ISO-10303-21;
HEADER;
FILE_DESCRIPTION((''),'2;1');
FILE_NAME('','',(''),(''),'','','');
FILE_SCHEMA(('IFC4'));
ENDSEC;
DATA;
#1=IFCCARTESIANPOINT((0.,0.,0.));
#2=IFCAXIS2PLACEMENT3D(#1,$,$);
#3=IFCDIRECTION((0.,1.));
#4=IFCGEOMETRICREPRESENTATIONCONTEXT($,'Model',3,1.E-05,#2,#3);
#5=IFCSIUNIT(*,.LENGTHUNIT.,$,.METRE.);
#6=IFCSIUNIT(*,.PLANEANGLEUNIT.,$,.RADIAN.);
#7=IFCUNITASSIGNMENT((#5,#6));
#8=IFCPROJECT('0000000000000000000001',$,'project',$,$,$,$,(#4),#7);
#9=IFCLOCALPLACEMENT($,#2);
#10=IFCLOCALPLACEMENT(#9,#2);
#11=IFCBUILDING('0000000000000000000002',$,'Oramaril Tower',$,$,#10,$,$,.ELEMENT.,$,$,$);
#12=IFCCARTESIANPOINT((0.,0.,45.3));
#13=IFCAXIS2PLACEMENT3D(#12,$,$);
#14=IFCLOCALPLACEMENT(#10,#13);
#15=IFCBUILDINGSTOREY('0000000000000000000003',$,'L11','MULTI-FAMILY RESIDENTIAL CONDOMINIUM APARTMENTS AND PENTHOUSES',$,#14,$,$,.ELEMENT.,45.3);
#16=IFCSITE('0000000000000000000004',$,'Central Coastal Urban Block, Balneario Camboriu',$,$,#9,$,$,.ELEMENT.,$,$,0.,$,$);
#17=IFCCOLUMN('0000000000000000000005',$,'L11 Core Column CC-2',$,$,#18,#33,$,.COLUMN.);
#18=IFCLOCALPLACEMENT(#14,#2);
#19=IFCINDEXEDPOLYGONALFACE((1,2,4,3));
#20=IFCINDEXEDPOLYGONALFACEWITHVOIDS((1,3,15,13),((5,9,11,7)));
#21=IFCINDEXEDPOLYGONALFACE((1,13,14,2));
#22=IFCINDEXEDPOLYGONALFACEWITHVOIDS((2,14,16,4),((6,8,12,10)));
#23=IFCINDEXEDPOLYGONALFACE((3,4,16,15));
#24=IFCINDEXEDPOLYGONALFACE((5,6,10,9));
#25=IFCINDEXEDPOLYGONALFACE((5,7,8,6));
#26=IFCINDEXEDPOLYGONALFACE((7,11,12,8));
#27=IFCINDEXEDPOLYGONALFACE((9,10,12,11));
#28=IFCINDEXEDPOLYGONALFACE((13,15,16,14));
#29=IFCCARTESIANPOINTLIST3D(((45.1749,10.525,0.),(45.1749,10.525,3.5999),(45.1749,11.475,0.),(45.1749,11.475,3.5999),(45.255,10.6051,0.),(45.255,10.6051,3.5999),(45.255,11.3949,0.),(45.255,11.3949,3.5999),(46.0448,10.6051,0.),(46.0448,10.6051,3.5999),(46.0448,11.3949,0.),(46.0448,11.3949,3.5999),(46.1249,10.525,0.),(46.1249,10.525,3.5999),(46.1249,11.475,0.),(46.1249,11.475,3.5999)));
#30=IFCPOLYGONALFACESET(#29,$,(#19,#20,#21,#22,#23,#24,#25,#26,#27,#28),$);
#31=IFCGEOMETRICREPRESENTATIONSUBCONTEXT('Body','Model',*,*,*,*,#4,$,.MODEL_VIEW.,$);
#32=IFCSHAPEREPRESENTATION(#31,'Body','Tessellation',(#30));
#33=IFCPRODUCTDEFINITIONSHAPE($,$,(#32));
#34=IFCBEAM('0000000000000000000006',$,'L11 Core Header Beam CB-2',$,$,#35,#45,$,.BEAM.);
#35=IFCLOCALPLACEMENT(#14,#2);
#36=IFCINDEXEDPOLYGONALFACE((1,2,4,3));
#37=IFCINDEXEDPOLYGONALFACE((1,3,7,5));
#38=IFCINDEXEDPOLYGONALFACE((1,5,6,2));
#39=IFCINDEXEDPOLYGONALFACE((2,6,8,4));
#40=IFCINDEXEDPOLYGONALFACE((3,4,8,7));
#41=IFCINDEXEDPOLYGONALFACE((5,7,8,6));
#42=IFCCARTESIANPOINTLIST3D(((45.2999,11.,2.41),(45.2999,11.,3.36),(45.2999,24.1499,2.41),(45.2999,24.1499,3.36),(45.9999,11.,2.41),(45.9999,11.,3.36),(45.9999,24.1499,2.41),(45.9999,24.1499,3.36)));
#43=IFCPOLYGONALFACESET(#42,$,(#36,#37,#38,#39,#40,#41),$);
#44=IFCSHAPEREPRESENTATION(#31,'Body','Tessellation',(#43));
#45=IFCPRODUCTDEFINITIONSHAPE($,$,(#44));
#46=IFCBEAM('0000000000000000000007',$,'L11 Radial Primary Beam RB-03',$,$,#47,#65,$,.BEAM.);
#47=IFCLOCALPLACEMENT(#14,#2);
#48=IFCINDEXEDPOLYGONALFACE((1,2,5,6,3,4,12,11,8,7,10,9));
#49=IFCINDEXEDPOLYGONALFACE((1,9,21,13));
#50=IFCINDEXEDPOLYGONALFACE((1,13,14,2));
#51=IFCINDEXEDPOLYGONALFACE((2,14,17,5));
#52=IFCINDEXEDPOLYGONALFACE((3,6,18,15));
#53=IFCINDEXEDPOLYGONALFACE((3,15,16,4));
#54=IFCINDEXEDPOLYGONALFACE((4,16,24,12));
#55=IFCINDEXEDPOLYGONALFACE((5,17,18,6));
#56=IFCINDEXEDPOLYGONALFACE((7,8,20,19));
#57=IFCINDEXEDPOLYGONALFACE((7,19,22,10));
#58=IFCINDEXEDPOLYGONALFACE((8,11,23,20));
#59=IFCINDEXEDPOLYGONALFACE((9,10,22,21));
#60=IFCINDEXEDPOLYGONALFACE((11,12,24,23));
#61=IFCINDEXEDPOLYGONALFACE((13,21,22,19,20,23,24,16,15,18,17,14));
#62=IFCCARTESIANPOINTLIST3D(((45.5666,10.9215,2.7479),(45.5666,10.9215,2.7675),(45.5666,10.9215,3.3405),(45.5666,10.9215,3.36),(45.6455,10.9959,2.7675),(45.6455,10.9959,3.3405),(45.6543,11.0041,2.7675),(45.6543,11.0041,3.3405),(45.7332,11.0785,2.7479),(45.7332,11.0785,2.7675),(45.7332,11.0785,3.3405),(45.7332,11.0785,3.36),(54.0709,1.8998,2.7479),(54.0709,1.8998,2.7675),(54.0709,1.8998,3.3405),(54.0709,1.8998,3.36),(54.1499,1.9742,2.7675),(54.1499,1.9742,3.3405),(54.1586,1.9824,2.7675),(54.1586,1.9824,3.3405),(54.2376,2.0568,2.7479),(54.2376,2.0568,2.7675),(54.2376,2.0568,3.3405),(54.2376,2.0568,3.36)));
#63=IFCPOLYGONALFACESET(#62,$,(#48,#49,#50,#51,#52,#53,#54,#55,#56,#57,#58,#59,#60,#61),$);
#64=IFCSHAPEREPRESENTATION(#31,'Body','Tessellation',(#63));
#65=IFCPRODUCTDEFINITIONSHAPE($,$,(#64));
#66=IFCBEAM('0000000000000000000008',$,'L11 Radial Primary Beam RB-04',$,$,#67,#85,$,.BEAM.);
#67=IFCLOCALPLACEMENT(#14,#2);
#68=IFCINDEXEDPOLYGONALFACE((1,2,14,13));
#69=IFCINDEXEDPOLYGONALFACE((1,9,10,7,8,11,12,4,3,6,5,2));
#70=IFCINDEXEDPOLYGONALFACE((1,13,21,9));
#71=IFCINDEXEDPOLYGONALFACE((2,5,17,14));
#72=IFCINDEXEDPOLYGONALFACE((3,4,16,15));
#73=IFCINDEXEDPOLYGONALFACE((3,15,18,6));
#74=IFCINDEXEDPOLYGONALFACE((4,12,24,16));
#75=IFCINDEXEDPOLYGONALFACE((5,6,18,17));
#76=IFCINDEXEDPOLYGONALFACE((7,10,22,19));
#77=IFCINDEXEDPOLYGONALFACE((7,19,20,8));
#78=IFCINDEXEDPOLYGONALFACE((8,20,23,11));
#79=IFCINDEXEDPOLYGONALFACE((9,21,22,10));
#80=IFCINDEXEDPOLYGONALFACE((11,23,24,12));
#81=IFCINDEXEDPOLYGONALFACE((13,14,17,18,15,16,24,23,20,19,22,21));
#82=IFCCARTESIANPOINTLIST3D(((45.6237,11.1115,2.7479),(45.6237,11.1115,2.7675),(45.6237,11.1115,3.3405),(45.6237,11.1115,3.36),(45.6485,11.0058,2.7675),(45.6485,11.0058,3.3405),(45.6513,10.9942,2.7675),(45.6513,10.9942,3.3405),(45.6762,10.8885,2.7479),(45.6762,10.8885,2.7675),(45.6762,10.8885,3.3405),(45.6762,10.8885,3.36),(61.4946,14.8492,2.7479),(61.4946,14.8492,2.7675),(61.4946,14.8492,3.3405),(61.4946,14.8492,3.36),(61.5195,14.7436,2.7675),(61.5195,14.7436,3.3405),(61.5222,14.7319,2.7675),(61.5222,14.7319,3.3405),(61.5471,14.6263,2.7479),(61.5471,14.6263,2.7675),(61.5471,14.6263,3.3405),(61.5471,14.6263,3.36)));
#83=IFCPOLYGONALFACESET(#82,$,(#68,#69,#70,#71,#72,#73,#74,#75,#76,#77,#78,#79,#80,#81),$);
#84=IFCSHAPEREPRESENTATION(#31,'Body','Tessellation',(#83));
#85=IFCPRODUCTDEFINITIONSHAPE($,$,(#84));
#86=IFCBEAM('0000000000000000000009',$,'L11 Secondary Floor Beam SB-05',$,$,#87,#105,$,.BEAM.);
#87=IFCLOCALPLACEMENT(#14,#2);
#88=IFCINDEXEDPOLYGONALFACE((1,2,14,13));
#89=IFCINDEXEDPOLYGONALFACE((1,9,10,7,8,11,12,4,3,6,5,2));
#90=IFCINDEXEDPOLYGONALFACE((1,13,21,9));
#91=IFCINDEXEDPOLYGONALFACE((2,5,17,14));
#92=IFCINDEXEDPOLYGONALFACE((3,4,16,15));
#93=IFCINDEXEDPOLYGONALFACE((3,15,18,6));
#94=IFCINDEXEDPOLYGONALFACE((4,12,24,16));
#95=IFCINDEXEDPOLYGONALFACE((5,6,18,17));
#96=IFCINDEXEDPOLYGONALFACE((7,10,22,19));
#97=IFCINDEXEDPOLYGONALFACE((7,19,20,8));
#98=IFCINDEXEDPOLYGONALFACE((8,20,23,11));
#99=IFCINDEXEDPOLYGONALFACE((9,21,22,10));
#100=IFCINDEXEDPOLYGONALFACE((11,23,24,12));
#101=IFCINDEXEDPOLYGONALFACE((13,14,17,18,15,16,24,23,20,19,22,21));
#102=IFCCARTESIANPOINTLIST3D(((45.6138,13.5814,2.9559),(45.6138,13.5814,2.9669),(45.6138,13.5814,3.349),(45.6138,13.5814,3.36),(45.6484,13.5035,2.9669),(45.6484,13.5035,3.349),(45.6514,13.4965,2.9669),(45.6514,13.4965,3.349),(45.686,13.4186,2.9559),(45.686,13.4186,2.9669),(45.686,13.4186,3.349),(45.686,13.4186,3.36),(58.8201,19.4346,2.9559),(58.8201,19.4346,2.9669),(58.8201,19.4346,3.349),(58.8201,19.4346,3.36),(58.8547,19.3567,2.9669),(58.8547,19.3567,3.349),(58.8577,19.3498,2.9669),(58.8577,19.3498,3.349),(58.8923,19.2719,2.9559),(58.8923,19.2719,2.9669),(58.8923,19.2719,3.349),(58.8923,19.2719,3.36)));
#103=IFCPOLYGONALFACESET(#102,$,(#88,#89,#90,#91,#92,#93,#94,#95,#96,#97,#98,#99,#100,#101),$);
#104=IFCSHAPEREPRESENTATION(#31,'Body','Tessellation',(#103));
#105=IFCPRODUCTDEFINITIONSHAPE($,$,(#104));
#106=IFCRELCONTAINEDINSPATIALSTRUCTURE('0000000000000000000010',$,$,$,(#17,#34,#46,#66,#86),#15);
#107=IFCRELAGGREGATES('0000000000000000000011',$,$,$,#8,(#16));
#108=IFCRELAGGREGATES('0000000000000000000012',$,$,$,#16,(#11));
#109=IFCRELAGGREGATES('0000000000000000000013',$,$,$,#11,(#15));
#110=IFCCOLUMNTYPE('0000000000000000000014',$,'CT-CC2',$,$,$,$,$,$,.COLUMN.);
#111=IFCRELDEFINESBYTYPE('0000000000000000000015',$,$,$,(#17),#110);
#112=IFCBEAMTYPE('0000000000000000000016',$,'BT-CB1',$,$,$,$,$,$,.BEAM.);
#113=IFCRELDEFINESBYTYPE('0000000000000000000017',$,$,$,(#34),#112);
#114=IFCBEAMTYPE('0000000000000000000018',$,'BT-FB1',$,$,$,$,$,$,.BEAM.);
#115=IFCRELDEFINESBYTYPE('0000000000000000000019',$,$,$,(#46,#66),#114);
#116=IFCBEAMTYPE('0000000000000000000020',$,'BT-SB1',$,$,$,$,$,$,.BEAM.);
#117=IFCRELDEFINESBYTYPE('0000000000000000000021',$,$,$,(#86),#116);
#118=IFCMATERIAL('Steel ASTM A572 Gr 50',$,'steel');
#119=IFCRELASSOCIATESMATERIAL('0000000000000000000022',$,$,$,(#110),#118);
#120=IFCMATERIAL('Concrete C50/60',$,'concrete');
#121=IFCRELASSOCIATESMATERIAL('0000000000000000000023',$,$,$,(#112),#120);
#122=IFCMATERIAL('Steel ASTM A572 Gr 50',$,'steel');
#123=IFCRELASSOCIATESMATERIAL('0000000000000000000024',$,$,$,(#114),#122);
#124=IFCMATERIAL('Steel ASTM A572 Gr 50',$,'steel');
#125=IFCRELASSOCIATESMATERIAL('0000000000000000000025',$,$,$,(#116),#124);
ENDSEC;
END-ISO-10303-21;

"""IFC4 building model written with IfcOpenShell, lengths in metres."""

from ifc_helpers import new_model, si_unit, direction, frame, origin, origin_2d, place, context, subcontext, project, spatial, rectangle, hollow_rectangle, i_section, extrude, material, material_profile, profile_set, type_object, element, save


model = new_model("IFC4")

# Units and contexts
model_context = context("Model", 3, precision=1e-05, world=origin(), true_north=direction((0.0, 1.0)))
body_context = subcontext(model_context, "Body", "Model", "MODEL_VIEW")
ifc_project = project(units=[si_unit("LENGTHUNIT", "METRE"), si_unit("PLANEANGLEUNIT", "RADIAN")], contexts=[model_context])

# Site, building, storey
site_placement = place(None, origin())
site = spatial("IfcSite", under=ifc_project, at=site_placement, Name="Central Coastal Urban Block, Balneario Camboriu", CompositionType="ELEMENT", RefElevation=0.0)
building_placement = place(site_placement, origin())
building = spatial("IfcBuilding", under=site, at=building_placement, Name="Oramaril Tower", CompositionType="ELEMENT")
storey_placement = place(building_placement, frame((0.0, 0.0, 45.3)))
storey = spatial("IfcBuildingStorey", under=building, at=storey_placement, Name="L11", Description="MULTI-FAMILY RESIDENTIAL CONDOMINIUM APARTMENTS AND PENTHOUSES", CompositionType="ELEMENT", Elevation=45.3)

# Column
ifc_material_1 = material(Name="Steel ASTM A572 Gr 50", Category="steel")
ifc_material_profile_1 = material_profile(ifc_material_1, hollow_rectangle(XDim=0.95, YDim=0.95, WallThickness=0.0801, at=origin_2d()), Name="BOX950X950X80")
ifc_profile_set_1 = profile_set([ifc_material_profile_1], Name="Steel ASTM A572 Gr 50")
column_type = type_object("IfcColumnType", Name="CT-CC2", PredefinedType="COLUMN", material=ifc_profile_set_1)
column_placement = place(storey_placement, frame((45.6499, 11.0, 0.0), z_axis=(0.0, 0.0, 1.0), x_axis=(1.0, 0.0, 0.0)))
element("IfcColumn", 1, at=column_placement, inside=storey, type_object=column_type, Name="L11 Core Column CC-2", PredefinedType="COLUMN", context=body_context, shape_type="SweptSolid", body=[
    extrude(hollow_rectangle(XDim=0.95, YDim=0.95, WallThickness=0.0801, at=origin_2d()), origin(), (0.0, 0.0, 1.0), 3.5999),
])

# Beams
ifc_material_2 = material(Name="Concrete C50/60", Category="concrete")
ifc_material_profile_2 = material_profile(ifc_material_2, rectangle(XDim=0.7, YDim=0.95, at=origin_2d()), Name="CB700X950")
ifc_profile_set_2 = profile_set([ifc_material_profile_2], Name="Concrete C50/60")
beam_type_1 = type_object("IfcBeamType", Name="BT-CB1", PredefinedType="BEAM", material=ifc_profile_set_2)
beam_1_placement = place(storey_placement, frame((45.6499, 11.0, 2.885), z_axis=(0.0, 1.0, 0.0), x_axis=(-1.0, 0.0, 0.0)))
element("IfcBeam", 2, at=beam_1_placement, inside=storey, type_object=beam_type_1, Name="L11 Core Header Beam CB-2", PredefinedType="BEAM", context=body_context, shape_type="SweptSolid", body=[
    extrude(rectangle(XDim=0.7, YDim=0.95, at=origin_2d()), origin(), (0.0, 0.0, 1.0), 13.1499),
])
ifc_material_3 = material(Name="Steel ASTM A572 Gr 50", Category="steel")
ifc_material_profile_3 = material_profile(ifc_material_3, i_section(OverallWidth=0.229, OverallDepth=0.6121, WebThickness=0.012, FlangeThickness=0.0195, at=origin_2d()), Name="W24X84")
ifc_profile_set_3 = profile_set([ifc_material_profile_3], Name="Steel ASTM A572 Gr 50")
beam_type_2 = type_object("IfcBeamType", Name="BT-FB1", PredefinedType="BEAM", material=ifc_profile_set_3)
beam_2_placement = place(storey_placement, frame((45.6499, 11.0, 3.054), z_axis=(0.685936, -0.727662, 0.0), x_axis=(0.727662, 0.685936, 0.0)))
element("IfcBeam", 3, at=beam_2_placement, inside=storey, type_object=beam_type_2, Name="L11 Radial Primary Beam RB-03", PredefinedType="BEAM", context=body_context, shape_type="SweptSolid", body=[
    extrude(i_section(OverallWidth=0.229, OverallDepth=0.6121, WebThickness=0.012, FlangeThickness=0.0195, at=origin_2d()), origin(), (0.0, 0.0, 1.0), 12.3982),
])
beam_3_placement = place(storey_placement, frame((45.6499, 11.0, 3.054), z_axis=(0.97337, 0.229238, 0.0), x_axis=(-0.229238, 0.97337, 0.0)))
element("IfcBeam", 4, at=beam_3_placement, inside=storey, type_object=beam_type_2, Name="L11 Radial Primary Beam RB-04", PredefinedType="BEAM", context=body_context, shape_type="SweptSolid", body=[
    extrude(i_section(OverallWidth=0.229, OverallDepth=0.6121, WebThickness=0.012, FlangeThickness=0.0195, at=origin_2d()), origin(), (0.0, 0.0, 1.0), 16.3052),
])
ifc_material_4 = material(Name="Steel ASTM A572 Gr 50", Category="steel")
ifc_material_profile_4 = material_profile(ifc_material_4, i_section(OverallWidth=0.178, OverallDepth=0.4041, WebThickness=0.0076, FlangeThickness=0.011, at=origin_2d()), Name="W16X36")
ifc_profile_set_4 = profile_set([ifc_material_profile_4], Name="Steel ASTM A572 Gr 50")
beam_type_3 = type_object("IfcBeamType", Name="BT-SB1", PredefinedType="BEAM", material=ifc_profile_set_4)
beam_4_placement = place(storey_placement, frame((45.6499, 13.5, 3.158), z_axis=(0.914227, 0.405202, 0.0), x_axis=(-0.405202, 0.914227, 0.0)))
element("IfcBeam", 5, at=beam_4_placement, inside=storey, type_object=beam_type_3, Name="L11 Secondary Floor Beam SB-05", PredefinedType="BEAM", context=body_context, shape_type="SweptSolid", body=[
    extrude(i_section(OverallWidth=0.178, OverallDepth=0.4041, WebThickness=0.0076, FlangeThickness=0.011, at=origin_2d()), origin(), (0.0, 0.0, 1.0), 14.4453),
])

save(model, "model.ifc")
